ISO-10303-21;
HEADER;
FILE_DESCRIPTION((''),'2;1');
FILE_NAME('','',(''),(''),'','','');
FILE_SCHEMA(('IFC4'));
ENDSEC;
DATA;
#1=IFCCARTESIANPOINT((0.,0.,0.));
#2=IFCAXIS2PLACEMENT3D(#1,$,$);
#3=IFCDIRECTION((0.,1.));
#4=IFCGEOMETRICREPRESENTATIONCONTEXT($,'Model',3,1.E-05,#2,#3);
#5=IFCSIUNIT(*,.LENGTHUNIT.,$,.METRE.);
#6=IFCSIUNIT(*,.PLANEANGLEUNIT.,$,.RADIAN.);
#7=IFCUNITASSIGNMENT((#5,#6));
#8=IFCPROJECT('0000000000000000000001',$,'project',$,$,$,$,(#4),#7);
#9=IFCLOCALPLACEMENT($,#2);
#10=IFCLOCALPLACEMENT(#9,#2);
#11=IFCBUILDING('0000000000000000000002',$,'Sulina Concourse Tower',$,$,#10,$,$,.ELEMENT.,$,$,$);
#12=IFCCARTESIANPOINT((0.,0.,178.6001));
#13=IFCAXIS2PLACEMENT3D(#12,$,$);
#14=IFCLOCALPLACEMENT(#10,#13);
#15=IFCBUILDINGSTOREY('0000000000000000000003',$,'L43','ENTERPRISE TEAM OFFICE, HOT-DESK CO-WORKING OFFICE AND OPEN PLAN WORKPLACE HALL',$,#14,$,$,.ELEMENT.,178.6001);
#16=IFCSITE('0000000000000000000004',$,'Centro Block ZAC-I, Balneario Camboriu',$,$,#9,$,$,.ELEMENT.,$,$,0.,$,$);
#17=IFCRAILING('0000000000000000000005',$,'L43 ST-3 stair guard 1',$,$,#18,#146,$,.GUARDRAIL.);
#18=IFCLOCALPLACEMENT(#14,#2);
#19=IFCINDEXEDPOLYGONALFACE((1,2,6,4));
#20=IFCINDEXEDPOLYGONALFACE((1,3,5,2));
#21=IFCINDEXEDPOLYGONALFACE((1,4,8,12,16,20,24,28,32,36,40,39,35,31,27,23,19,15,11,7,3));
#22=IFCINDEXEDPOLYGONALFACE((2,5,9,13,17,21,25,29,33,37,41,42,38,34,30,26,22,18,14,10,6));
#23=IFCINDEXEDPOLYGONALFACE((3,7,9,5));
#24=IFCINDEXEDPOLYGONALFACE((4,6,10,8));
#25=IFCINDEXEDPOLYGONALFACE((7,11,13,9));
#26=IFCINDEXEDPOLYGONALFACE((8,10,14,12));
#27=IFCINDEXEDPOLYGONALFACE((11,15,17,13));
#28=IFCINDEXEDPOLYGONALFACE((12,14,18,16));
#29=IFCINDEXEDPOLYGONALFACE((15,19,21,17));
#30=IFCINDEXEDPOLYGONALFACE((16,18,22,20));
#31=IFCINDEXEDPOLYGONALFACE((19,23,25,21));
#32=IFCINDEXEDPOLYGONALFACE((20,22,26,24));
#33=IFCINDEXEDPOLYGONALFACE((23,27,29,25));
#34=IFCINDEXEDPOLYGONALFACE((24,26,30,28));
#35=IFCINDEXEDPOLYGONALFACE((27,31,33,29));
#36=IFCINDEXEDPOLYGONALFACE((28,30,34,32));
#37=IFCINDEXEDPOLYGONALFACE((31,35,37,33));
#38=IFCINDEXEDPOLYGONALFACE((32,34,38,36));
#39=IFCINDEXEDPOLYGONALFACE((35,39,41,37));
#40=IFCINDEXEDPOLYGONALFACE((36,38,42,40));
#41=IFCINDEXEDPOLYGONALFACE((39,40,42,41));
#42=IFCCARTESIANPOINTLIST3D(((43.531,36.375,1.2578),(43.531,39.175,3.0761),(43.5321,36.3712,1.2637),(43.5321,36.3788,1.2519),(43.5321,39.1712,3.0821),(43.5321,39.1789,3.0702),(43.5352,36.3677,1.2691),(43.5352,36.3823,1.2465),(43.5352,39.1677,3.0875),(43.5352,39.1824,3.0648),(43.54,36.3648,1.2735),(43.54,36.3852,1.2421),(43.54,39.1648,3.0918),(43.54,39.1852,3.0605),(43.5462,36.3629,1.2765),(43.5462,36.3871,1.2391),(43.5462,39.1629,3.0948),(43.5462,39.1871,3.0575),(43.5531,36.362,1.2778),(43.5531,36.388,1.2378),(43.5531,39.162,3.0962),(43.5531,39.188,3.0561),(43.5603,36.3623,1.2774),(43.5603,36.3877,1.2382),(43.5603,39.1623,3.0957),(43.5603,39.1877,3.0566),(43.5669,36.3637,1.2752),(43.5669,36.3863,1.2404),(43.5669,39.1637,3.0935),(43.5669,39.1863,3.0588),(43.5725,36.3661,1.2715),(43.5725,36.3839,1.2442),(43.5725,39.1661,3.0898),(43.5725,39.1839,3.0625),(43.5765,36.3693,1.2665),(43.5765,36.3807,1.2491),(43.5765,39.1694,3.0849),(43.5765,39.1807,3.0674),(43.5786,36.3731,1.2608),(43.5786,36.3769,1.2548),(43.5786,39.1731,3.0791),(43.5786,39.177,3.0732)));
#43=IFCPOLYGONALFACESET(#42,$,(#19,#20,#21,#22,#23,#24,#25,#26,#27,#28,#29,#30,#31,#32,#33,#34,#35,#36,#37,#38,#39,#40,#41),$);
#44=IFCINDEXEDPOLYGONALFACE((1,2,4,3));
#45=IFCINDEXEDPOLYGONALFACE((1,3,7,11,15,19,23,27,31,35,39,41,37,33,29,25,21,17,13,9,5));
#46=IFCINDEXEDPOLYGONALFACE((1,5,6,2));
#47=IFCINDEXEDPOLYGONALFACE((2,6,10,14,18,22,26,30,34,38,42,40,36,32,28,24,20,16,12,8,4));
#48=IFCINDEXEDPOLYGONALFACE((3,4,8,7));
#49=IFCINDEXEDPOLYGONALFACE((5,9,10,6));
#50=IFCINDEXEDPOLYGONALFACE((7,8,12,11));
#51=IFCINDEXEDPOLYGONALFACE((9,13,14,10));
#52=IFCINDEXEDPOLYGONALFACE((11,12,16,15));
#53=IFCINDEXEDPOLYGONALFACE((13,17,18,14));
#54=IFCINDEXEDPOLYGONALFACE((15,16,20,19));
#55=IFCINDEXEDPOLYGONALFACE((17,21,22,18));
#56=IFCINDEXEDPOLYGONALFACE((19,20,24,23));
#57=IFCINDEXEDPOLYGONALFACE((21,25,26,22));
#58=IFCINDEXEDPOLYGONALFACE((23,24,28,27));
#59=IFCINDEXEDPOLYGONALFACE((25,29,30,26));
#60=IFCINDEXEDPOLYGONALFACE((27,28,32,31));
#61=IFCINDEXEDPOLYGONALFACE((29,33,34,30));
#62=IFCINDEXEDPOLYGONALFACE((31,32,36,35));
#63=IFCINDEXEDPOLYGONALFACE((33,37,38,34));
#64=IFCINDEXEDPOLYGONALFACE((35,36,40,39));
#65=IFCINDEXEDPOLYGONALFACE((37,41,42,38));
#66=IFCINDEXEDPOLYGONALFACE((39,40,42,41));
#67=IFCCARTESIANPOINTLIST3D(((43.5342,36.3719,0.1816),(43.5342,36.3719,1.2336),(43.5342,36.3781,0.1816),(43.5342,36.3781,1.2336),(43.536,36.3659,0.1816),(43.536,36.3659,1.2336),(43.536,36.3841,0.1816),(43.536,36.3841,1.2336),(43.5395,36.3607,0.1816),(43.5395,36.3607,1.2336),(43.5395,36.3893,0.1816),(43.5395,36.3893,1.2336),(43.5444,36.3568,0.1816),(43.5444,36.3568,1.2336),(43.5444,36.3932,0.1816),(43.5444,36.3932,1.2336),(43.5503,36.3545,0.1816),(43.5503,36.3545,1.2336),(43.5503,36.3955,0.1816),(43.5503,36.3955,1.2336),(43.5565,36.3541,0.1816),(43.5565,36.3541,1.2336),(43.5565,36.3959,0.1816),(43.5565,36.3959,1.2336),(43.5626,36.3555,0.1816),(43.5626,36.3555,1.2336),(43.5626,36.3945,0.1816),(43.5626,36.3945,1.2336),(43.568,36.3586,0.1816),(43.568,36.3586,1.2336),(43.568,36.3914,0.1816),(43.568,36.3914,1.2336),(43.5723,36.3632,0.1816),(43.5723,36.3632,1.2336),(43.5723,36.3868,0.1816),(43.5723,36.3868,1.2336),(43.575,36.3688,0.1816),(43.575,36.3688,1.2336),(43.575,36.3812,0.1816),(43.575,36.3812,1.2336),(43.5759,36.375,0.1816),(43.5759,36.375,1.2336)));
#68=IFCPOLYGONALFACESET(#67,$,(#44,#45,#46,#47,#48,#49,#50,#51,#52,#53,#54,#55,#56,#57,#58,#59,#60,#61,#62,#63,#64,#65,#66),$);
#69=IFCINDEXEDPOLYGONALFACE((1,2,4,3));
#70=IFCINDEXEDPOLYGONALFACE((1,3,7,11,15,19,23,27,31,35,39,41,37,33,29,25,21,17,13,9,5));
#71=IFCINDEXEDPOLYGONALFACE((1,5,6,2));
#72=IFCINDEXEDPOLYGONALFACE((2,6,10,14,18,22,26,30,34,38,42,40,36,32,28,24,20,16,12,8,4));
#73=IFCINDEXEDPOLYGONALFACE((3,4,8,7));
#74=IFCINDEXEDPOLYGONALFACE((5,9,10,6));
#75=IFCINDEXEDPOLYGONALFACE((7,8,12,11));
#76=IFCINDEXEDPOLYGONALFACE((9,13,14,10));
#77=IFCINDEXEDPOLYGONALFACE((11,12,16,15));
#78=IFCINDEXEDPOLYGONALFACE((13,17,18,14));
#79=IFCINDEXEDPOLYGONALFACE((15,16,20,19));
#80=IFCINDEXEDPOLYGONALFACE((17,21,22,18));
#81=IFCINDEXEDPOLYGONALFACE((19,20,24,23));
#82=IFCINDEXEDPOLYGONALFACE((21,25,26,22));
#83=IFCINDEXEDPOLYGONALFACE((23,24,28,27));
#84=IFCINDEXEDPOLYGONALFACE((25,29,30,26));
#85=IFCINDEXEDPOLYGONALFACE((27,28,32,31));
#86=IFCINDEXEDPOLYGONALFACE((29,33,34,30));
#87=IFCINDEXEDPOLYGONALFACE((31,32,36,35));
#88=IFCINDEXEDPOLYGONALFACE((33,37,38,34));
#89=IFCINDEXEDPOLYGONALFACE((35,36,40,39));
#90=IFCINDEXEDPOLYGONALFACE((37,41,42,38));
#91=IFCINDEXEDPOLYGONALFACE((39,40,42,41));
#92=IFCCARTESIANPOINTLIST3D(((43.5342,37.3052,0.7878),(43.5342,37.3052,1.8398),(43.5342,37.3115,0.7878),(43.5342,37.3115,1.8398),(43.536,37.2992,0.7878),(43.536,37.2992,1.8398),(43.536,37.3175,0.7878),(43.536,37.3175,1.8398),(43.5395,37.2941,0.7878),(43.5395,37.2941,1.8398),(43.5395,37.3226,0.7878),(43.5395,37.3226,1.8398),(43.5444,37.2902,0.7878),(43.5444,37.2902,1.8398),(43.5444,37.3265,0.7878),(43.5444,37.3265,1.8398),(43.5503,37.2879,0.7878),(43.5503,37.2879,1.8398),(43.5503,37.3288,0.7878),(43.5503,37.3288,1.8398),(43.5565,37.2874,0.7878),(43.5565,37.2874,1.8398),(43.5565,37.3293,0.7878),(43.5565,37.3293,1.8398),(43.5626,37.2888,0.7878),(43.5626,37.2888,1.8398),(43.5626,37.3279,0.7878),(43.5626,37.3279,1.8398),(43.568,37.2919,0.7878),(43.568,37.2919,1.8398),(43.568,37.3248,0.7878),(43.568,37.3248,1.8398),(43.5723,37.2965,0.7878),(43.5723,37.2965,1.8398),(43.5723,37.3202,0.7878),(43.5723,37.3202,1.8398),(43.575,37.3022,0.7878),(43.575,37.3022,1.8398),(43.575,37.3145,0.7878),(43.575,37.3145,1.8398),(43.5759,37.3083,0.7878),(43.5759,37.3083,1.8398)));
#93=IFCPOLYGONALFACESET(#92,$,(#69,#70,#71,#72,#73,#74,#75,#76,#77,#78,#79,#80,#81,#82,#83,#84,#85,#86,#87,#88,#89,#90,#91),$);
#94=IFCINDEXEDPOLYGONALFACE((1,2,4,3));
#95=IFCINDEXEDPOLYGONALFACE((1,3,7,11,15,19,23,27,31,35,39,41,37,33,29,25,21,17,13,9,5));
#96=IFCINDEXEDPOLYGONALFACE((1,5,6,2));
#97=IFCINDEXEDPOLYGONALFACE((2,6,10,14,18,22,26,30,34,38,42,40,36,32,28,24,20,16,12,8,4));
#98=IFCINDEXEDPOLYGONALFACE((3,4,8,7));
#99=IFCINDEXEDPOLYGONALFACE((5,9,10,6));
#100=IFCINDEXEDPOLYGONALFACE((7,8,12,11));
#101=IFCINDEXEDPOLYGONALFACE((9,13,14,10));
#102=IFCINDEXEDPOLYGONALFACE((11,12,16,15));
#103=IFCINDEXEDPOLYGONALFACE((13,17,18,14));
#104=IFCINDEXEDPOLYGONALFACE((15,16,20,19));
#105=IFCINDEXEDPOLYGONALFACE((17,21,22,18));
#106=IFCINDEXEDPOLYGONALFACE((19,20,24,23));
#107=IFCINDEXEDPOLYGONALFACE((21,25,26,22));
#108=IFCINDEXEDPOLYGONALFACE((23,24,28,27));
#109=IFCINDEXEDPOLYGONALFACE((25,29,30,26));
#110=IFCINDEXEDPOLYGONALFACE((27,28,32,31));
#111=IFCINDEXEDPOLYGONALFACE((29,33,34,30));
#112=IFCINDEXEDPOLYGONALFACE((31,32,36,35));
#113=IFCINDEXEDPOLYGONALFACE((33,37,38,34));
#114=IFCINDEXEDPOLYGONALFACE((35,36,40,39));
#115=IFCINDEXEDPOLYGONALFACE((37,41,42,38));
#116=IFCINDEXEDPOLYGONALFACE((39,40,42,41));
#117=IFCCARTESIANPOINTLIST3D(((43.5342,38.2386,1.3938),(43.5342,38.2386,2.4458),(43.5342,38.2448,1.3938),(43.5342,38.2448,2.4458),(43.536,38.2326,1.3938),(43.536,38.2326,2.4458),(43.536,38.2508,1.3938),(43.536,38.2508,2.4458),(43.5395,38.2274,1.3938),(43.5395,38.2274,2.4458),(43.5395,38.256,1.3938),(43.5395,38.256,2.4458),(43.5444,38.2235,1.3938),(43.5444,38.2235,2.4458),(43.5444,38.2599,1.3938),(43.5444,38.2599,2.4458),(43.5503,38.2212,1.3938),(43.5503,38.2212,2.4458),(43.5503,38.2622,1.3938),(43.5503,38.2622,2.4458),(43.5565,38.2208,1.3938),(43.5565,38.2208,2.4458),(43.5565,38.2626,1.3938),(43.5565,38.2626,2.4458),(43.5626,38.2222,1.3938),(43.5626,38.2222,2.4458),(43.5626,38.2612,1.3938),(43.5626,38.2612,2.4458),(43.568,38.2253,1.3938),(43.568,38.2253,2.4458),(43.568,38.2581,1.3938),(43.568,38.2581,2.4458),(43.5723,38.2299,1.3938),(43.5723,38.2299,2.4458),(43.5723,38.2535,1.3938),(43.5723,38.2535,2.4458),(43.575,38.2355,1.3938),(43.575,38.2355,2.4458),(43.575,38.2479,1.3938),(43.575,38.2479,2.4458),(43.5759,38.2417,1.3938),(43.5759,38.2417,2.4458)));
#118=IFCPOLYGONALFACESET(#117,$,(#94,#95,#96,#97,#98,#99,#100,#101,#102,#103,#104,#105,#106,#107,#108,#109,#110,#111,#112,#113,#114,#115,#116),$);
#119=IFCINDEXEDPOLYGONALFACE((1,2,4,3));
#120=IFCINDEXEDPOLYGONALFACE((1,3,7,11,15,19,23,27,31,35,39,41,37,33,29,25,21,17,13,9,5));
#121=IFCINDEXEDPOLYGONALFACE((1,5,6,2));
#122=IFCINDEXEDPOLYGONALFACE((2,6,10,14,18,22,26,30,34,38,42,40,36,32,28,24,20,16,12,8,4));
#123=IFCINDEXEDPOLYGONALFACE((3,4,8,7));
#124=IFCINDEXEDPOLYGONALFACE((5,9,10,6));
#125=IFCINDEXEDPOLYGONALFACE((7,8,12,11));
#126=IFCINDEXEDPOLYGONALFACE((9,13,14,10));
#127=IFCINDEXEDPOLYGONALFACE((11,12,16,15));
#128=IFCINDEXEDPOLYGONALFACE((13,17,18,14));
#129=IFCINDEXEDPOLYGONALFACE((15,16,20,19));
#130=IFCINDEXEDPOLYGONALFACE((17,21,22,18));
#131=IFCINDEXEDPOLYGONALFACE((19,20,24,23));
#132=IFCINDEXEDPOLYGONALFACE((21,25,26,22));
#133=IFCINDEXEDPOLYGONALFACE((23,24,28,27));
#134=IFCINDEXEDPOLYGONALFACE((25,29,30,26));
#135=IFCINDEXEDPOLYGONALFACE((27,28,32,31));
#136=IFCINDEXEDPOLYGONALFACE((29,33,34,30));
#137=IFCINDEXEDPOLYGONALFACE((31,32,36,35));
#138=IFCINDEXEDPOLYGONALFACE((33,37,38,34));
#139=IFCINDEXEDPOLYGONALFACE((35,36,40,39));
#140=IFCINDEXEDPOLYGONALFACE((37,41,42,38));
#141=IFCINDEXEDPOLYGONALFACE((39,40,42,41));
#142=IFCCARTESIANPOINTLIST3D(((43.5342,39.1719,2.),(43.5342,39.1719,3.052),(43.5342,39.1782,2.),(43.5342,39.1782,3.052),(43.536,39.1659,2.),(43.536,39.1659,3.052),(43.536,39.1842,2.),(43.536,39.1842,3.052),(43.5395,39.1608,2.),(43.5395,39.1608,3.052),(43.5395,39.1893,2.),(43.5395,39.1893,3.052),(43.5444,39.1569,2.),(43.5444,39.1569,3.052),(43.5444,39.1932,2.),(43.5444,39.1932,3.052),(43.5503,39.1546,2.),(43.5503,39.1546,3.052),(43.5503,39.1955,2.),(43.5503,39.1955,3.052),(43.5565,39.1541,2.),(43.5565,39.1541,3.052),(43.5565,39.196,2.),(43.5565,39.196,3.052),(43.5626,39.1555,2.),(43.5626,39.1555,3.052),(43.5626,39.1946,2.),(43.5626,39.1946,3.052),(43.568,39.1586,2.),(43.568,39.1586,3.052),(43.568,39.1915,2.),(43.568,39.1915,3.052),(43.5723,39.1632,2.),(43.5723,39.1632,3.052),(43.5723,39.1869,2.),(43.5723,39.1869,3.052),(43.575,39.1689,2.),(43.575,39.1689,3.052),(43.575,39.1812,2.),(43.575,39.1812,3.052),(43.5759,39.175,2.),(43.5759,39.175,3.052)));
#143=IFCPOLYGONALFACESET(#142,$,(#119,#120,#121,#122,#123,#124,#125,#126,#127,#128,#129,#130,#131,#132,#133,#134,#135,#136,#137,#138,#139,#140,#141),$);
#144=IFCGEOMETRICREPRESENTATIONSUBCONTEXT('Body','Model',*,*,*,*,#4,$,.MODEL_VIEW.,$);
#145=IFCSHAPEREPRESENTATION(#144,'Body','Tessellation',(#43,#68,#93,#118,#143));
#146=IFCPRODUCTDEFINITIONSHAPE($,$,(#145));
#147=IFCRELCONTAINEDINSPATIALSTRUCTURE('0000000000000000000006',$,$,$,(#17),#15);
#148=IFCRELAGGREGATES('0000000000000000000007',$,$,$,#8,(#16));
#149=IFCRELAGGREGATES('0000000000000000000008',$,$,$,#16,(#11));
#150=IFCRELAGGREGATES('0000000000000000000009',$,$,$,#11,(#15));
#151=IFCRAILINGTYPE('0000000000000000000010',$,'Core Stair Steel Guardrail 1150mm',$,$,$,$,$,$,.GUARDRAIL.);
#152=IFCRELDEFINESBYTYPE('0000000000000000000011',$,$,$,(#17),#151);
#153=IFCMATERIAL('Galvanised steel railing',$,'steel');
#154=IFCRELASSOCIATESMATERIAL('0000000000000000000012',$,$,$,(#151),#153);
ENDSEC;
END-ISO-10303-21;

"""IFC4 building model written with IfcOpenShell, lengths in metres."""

from ifc_helpers import new_model, si_unit, direction, frame, origin, origin_2d, place, context, subcontext, project, spatial, circle, extrude, material, type_object, element, save


model = new_model("IFC4")

# Units and contexts
model_context = context("Model", 3, precision=1e-05, world=origin(), true_north=direction((0.0, 1.0)))
body_context = subcontext(model_context, "Body", "Model", "MODEL_VIEW")
ifc_project = project(units=[si_unit("LENGTHUNIT", "METRE"), si_unit("PLANEANGLEUNIT", "RADIAN")], contexts=[model_context])

# Site, building, storey
site_placement = place(None, origin())
site = spatial("IfcSite", under=ifc_project, at=site_placement, Name="Centro Block ZAC-I, Balneario Camboriu", CompositionType="ELEMENT", RefElevation=0.0)
building_placement = place(site_placement, origin())
building = spatial("IfcBuilding", under=site, at=building_placement, Name="Sulina Concourse Tower", CompositionType="ELEMENT")
storey_placement = place(building_placement, frame((0.0, 0.0, 178.6001)))
storey = spatial("IfcBuildingStorey", under=building, at=storey_placement, Name="L43", Description="ENTERPRISE TEAM OFFICE, HOT-DESK CO-WORKING OFFICE AND OPEN PLAN WORKPLACE HALL", CompositionType="ELEMENT", Elevation=178.6001)

# Railing
ifc_material_1 = material(Name="Galvanised steel railing", Category="steel")
railing_type_1 = type_object("IfcRailingType", Name="Core Stair Steel Guardrail 1150mm", PredefinedType="GUARDRAIL", material=ifc_material_1)
railing_1_placement = place(storey_placement, frame((43.5549, 36.375, 0.1816)))
element("IfcRailing", 1, at=railing_1_placement, inside=storey, type_object=railing_type_1, Name="L43 ST-3 stair guard 1", PredefinedType="GUARDRAIL", context=body_context, shape_type="SweptSolid", body=[
    extrude(circle(Radius=0.0239, at=origin_2d()), frame((0.0, 0.0, 1.0762), z_axis=(0.0, 0.838672, 0.544636), x_axis=(-1.0, 0.0, 0.0)), (0.0, 0.0, 1.0), 3.3386),
    extrude(circle(Radius=0.021, at=origin_2d()), origin(), (0.0, 0.0, 1.0), 1.052),
    extrude(circle(Radius=0.021, at=origin_2d()), frame((0.0, 0.9333, 0.6062)), (0.0, 0.0, 1.0), 1.052),
    extrude(circle(Radius=0.021, at=origin_2d()), frame((0.0, 1.8667, 1.2122)), (0.0, 0.0, 1.0), 1.052),
    extrude(circle(Radius=0.021, at=origin_2d()), frame((0.0, 2.8, 1.8184)), (0.0, 0.0, 1.0), 1.052),
])

save(model, "model.ifc")
